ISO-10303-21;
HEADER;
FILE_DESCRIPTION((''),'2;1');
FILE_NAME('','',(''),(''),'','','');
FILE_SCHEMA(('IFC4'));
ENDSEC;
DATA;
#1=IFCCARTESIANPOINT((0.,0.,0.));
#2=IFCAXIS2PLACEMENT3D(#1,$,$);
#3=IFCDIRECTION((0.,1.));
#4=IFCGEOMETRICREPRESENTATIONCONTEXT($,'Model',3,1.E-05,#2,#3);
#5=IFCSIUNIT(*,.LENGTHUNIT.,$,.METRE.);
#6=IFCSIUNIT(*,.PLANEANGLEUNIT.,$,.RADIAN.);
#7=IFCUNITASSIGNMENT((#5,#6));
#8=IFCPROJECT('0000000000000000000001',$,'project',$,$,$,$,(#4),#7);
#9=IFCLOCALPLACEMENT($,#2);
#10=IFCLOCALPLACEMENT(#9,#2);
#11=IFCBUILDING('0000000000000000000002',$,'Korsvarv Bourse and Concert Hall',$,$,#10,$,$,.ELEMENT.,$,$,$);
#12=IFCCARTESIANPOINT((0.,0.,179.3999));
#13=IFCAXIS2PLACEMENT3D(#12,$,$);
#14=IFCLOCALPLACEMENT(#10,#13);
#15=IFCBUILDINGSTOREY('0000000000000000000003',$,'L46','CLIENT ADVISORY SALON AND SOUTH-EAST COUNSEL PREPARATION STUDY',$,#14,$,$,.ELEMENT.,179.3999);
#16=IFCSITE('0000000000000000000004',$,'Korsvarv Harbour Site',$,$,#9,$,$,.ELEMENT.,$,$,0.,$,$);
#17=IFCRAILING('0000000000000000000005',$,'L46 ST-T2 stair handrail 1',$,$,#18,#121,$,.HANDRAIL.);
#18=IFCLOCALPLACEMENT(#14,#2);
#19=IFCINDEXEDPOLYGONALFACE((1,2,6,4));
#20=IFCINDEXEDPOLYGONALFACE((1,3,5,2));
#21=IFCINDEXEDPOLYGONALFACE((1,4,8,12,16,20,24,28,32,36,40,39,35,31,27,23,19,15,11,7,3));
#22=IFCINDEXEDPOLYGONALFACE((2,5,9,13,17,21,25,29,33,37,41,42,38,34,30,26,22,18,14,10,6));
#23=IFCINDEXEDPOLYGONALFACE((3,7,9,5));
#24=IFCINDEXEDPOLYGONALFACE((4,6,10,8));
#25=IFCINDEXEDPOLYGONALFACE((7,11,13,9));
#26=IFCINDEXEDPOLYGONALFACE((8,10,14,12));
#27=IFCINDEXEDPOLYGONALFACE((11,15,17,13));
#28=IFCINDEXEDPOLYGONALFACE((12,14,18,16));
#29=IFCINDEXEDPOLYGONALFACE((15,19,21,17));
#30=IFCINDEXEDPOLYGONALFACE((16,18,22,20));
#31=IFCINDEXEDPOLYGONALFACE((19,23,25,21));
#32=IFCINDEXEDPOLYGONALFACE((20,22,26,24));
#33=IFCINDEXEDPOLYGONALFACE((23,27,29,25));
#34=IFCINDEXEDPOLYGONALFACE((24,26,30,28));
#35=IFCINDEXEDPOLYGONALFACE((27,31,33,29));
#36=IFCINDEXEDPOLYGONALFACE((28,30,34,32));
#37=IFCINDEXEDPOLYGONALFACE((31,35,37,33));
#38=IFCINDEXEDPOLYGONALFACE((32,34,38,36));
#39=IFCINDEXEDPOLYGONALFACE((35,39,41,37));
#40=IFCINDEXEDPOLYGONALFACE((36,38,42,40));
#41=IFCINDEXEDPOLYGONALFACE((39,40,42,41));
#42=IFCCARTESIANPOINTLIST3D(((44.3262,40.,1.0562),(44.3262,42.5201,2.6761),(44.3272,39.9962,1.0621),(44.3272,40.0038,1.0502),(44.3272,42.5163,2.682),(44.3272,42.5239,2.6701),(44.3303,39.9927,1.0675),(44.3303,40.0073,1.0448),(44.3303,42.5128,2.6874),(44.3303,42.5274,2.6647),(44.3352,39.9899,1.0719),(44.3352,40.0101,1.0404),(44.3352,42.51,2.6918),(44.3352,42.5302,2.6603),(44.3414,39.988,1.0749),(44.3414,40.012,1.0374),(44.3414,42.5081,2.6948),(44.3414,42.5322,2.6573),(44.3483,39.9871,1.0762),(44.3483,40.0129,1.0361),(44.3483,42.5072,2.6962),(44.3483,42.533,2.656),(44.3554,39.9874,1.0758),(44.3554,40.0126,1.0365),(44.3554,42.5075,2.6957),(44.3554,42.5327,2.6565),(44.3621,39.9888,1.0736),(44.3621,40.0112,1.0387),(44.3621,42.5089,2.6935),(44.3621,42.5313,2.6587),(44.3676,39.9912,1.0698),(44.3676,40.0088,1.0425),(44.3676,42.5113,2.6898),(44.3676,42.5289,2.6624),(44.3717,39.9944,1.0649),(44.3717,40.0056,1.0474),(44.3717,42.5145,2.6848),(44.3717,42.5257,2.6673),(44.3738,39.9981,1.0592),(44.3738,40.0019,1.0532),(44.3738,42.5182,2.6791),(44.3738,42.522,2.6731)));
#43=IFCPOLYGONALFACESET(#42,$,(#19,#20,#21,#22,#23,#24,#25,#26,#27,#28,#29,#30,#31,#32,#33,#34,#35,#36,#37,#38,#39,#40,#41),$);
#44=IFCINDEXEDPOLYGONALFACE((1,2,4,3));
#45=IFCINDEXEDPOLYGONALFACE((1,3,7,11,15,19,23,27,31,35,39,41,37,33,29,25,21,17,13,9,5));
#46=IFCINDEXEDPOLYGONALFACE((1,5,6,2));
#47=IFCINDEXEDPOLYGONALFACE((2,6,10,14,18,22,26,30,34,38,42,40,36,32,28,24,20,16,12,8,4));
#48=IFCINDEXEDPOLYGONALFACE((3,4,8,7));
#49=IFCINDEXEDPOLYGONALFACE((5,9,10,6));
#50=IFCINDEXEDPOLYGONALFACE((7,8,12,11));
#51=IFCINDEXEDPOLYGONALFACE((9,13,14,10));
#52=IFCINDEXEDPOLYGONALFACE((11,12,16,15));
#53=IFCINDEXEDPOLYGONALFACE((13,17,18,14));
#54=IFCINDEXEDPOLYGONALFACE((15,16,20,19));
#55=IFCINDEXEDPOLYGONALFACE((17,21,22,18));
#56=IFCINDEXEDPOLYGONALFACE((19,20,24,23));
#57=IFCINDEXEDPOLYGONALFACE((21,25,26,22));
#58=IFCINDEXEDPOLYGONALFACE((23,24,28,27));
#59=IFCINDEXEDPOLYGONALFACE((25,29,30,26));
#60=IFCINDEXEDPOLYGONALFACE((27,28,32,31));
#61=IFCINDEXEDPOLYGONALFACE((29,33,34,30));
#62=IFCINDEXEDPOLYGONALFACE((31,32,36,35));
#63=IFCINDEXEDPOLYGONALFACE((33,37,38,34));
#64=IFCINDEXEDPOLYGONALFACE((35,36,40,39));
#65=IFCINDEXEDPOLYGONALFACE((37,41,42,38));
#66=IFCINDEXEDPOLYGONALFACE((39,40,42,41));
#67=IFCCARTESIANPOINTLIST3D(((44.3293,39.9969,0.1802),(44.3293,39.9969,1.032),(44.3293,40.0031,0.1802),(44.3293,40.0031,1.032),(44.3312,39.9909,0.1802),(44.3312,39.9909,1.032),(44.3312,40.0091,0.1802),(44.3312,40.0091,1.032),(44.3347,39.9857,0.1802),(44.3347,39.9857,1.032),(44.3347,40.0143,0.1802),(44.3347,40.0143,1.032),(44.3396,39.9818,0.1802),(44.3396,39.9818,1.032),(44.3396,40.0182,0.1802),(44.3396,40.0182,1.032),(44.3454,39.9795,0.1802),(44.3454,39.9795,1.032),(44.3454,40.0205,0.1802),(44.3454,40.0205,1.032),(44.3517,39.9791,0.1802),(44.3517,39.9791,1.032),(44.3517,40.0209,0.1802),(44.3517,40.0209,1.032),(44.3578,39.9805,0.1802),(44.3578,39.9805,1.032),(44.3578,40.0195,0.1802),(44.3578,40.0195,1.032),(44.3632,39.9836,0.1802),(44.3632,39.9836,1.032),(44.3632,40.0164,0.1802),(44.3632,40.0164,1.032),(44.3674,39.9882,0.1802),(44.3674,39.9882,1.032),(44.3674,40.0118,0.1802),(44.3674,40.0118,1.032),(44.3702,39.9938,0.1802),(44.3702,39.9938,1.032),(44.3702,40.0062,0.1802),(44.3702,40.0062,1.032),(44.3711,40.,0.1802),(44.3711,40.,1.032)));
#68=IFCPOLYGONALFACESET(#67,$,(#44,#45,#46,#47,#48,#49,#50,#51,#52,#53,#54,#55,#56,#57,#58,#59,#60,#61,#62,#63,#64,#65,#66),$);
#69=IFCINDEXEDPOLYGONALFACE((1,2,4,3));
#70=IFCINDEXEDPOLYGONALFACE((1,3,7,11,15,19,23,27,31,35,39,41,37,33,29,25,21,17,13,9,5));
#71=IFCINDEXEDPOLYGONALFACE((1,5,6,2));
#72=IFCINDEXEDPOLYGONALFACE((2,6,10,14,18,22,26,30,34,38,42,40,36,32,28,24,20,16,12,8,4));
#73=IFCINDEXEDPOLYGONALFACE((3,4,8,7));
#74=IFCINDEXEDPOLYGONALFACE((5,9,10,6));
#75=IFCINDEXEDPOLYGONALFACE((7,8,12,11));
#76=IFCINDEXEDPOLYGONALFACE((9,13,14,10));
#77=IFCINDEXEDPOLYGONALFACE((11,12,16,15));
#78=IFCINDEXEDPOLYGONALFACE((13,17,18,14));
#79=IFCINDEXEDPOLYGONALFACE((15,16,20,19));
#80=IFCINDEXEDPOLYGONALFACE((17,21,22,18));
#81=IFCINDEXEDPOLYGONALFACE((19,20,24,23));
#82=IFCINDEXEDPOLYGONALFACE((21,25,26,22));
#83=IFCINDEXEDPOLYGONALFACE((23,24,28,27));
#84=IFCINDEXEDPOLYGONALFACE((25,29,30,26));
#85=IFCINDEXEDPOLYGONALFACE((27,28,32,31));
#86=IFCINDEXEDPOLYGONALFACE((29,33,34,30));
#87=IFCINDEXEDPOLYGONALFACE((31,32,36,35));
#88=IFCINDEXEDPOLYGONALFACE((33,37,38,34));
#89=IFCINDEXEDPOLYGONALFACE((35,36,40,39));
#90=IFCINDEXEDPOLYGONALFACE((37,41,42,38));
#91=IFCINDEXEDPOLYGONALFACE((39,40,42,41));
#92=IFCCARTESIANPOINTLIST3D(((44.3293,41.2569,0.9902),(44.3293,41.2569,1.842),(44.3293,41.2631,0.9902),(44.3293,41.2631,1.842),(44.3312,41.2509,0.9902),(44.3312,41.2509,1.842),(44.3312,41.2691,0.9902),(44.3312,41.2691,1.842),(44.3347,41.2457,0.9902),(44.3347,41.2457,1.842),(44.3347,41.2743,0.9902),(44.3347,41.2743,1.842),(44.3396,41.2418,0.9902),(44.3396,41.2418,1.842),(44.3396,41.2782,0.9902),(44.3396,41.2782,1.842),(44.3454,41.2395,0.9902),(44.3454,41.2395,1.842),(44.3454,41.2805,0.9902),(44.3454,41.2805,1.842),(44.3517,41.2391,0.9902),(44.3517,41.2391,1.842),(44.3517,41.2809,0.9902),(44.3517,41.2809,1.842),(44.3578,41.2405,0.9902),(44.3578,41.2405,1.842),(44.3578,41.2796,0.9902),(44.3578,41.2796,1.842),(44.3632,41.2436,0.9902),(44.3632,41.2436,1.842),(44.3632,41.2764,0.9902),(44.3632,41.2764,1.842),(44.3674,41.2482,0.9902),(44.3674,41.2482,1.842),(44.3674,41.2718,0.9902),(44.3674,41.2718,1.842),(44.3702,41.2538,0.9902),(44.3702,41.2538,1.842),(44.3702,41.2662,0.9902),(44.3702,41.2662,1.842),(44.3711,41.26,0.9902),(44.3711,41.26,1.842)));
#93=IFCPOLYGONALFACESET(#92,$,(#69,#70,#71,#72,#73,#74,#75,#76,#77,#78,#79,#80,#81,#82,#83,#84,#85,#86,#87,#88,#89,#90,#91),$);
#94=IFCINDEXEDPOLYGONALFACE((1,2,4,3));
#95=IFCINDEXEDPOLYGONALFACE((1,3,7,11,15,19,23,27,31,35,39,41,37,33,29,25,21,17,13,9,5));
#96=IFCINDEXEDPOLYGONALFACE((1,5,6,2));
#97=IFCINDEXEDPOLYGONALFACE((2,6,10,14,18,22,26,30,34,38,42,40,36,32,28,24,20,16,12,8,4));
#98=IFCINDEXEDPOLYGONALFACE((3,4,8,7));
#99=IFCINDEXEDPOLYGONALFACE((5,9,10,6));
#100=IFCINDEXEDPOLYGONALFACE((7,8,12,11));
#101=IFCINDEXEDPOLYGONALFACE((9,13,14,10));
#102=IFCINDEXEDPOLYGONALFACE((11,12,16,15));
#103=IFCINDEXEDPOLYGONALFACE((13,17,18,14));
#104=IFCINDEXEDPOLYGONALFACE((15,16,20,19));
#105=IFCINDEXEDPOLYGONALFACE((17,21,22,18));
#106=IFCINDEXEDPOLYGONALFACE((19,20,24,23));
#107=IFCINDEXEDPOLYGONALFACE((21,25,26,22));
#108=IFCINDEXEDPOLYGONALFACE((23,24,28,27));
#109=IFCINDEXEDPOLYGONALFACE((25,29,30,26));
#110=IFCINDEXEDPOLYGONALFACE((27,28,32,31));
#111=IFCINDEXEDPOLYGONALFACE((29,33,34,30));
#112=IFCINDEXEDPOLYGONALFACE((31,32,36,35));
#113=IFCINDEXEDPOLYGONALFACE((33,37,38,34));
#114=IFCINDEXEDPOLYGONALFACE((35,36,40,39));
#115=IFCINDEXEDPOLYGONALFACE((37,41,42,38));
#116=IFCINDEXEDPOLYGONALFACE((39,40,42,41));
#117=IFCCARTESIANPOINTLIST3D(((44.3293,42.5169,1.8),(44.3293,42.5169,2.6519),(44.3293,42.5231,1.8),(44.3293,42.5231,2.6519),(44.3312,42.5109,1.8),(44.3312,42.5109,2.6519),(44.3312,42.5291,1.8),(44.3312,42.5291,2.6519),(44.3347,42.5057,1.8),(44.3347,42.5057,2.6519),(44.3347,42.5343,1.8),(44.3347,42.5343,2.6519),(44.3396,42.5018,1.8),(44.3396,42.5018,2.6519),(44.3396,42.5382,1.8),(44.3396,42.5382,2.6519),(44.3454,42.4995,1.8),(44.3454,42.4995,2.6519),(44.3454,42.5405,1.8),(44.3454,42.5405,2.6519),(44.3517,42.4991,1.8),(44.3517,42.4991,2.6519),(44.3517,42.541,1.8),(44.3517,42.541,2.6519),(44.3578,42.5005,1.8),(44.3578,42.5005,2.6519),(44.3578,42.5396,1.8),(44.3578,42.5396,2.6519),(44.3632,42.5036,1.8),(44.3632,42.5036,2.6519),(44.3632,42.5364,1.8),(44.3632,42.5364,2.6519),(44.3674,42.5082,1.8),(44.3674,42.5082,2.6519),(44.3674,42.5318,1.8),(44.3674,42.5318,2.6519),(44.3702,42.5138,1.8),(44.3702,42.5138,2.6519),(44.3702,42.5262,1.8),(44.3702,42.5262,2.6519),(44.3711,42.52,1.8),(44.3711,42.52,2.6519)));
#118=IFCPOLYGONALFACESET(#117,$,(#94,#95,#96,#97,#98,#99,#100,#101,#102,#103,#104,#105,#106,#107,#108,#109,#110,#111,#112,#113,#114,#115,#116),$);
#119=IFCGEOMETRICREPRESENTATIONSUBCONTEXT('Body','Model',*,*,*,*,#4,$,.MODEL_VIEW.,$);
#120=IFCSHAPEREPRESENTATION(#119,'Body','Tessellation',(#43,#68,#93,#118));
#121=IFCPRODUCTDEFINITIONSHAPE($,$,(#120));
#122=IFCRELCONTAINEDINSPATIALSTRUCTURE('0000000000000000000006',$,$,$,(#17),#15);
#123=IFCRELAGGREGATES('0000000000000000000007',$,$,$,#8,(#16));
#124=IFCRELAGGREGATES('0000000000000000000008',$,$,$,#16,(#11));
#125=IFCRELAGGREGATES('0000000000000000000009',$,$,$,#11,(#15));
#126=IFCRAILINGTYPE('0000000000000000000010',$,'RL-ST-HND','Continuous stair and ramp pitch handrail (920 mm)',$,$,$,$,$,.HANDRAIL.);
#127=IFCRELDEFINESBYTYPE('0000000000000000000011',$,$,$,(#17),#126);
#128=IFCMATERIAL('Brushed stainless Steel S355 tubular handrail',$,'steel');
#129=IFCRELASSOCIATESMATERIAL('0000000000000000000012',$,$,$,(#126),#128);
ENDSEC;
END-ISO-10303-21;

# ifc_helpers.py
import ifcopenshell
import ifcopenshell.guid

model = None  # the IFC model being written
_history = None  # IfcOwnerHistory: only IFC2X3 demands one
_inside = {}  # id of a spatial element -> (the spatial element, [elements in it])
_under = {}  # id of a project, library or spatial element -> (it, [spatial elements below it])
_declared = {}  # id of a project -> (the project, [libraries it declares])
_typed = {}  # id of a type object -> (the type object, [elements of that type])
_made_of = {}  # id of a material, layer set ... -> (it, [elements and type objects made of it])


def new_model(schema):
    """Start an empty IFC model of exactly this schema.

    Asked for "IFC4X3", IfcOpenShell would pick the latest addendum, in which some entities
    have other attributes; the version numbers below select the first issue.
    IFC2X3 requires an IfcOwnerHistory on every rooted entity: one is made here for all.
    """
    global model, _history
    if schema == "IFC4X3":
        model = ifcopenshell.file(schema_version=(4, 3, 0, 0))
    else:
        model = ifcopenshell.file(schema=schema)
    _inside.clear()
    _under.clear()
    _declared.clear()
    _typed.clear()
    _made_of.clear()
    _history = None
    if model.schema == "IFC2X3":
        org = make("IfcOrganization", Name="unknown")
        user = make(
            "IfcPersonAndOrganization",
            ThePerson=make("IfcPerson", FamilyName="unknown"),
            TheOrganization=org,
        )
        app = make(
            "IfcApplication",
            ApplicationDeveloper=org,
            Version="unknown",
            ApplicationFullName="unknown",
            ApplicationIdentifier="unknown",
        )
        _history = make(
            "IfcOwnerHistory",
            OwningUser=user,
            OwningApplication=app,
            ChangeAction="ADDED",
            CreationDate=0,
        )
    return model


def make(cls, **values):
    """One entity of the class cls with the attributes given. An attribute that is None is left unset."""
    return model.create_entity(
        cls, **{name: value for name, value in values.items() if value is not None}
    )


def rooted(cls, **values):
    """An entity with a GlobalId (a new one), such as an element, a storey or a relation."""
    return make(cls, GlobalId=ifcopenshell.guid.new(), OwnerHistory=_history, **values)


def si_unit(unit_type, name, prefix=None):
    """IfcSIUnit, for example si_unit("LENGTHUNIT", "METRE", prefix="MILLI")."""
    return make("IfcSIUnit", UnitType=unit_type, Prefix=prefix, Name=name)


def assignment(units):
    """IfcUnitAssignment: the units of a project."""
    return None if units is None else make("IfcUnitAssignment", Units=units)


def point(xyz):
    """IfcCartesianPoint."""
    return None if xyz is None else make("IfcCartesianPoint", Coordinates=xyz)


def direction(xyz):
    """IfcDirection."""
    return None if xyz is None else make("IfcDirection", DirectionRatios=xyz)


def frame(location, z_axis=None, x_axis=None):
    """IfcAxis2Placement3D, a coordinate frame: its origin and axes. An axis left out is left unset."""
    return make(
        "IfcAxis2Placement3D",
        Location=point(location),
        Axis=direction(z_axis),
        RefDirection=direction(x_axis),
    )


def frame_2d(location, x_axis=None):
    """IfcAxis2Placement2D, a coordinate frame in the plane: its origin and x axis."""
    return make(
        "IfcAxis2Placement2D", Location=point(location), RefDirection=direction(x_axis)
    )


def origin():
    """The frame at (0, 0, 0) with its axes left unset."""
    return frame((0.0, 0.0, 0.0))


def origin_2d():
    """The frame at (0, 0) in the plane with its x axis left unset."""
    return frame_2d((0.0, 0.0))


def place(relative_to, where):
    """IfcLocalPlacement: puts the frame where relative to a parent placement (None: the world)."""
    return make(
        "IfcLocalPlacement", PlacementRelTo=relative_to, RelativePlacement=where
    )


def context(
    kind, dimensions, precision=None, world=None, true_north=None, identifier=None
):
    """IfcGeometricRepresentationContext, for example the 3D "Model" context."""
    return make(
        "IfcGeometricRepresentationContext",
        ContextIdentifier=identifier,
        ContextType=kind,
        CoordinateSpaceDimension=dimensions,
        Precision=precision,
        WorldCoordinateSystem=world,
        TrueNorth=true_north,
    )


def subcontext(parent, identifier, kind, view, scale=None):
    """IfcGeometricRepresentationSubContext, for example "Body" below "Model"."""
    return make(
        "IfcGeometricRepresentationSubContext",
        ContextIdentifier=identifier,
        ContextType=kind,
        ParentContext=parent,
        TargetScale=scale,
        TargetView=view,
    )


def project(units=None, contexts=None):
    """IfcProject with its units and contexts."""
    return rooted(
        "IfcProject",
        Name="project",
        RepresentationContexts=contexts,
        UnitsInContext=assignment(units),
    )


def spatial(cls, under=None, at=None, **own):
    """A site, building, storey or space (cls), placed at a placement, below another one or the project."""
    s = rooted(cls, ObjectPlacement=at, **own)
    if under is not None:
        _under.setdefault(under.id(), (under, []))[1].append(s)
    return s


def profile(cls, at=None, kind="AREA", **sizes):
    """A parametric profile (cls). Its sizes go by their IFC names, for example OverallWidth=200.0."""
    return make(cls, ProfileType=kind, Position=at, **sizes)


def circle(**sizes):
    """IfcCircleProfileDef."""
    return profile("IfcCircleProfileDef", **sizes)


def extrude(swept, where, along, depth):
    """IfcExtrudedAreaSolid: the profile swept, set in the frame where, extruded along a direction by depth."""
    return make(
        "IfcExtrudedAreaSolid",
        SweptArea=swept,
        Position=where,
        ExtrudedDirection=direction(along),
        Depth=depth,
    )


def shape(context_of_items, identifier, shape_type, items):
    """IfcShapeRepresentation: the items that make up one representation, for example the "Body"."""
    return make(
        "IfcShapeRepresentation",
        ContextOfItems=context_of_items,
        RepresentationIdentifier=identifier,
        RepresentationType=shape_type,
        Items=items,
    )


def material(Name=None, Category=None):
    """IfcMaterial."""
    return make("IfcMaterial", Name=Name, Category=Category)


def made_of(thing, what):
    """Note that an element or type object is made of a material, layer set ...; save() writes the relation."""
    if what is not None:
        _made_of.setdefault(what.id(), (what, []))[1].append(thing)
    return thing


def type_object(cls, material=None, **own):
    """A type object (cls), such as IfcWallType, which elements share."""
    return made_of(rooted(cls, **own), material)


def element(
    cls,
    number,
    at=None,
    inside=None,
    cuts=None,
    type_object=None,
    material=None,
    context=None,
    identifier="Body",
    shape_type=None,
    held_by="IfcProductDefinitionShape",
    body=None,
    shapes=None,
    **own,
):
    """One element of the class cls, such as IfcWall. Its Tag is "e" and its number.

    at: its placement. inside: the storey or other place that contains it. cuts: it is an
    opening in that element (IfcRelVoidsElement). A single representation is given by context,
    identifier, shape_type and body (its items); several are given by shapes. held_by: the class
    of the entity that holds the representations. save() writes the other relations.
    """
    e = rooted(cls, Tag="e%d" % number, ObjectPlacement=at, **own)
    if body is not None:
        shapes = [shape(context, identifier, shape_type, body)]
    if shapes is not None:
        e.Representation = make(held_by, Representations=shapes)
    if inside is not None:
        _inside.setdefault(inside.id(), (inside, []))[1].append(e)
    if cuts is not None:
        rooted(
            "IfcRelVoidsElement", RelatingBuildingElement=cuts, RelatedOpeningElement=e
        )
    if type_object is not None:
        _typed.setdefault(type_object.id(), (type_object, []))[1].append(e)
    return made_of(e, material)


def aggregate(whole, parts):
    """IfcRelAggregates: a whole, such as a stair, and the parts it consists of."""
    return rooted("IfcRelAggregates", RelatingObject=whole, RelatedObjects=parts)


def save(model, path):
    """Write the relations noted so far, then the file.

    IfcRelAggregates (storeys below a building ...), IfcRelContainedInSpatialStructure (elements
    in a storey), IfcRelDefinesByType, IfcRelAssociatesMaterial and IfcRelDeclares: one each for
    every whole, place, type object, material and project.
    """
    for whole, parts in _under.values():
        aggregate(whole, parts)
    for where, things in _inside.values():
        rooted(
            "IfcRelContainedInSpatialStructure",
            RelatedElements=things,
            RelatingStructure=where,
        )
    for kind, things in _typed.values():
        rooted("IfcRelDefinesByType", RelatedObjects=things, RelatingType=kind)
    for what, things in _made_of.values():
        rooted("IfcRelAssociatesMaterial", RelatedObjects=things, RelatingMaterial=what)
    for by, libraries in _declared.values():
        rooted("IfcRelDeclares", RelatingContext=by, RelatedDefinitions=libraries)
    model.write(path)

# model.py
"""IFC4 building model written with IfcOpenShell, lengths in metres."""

from ifc_helpers import new_model, si_unit, direction, frame, origin, origin_2d, place, context, subcontext, project, spatial, circle, extrude, material, type_object, element, save


model = new_model("IFC4")

# Units and contexts
model_context = context("Model", 3, precision=1e-05, world=origin(), true_north=direction((0.0, 1.0)))
body_context = subcontext(model_context, "Body", "Model", "MODEL_VIEW")
ifc_project = project(units=[si_unit("LENGTHUNIT", "METRE"), si_unit("PLANEANGLEUNIT", "RADIAN")], contexts=[model_context])

# Site, building, storey
site_placement = place(None, origin())
site = spatial("IfcSite", under=ifc_project, at=site_placement, Name="Korsvarv Harbour Site", CompositionType="ELEMENT", RefElevation=0.0)
building_placement = place(site_placement, origin())
building = spatial("IfcBuilding", under=site, at=building_placement, Name="Korsvarv Bourse and Concert Hall", CompositionType="ELEMENT")
storey_placement = place(building_placement, frame((0.0, 0.0, 179.3999)))
storey = spatial("IfcBuildingStorey", under=building, at=storey_placement, Name="L46", Description="CLIENT ADVISORY SALON AND SOUTH-EAST COUNSEL PREPARATION STUDY", CompositionType="ELEMENT", Elevation=179.3999)

# Railing
ifc_material_1 = material(Name="Brushed stainless Steel S355 tubular handrail", Category="steel")
railing_type_1 = type_object("IfcRailingType", Name="RL-ST-HND", Description="Continuous stair and ramp pitch handrail (920 mm)", PredefinedType="HANDRAIL", material=ifc_material_1)
railing_1_placement = place(storey_placement, frame((44.3501, 40.0, 0.1802)))
element("IfcRailing", 1, at=railing_1_placement, inside=storey, type_object=railing_type_1, Name="L46 ST-T2 stair handrail 1", PredefinedType="HANDRAIL", context=body_context, shape_type="SweptSolid", body=[
    extrude(circle(Radius=0.0239, at=origin_2d()), frame((0.0, 0.0, 0.876), z_axis=(0.0, 0.8412, 0.540725), x_axis=(-1.0, 0.0, 0.0)), (0.0, 0.0, 1.0), 2.9958),
    extrude(circle(Radius=0.021, at=origin_2d()), origin(), (0.0, 0.0, 1.0), 0.8518),
    extrude(circle(Radius=0.021, at=origin_2d()), frame((0.0, 1.26, 0.8101)), (0.0, 0.0, 1.0), 0.8518),
    extrude(circle(Radius=0.021, at=origin_2d()), frame((0.0, 2.52, 1.6199)), (0.0, 0.0, 1.0), 0.8518),
])

save(model, "model.ifc")
